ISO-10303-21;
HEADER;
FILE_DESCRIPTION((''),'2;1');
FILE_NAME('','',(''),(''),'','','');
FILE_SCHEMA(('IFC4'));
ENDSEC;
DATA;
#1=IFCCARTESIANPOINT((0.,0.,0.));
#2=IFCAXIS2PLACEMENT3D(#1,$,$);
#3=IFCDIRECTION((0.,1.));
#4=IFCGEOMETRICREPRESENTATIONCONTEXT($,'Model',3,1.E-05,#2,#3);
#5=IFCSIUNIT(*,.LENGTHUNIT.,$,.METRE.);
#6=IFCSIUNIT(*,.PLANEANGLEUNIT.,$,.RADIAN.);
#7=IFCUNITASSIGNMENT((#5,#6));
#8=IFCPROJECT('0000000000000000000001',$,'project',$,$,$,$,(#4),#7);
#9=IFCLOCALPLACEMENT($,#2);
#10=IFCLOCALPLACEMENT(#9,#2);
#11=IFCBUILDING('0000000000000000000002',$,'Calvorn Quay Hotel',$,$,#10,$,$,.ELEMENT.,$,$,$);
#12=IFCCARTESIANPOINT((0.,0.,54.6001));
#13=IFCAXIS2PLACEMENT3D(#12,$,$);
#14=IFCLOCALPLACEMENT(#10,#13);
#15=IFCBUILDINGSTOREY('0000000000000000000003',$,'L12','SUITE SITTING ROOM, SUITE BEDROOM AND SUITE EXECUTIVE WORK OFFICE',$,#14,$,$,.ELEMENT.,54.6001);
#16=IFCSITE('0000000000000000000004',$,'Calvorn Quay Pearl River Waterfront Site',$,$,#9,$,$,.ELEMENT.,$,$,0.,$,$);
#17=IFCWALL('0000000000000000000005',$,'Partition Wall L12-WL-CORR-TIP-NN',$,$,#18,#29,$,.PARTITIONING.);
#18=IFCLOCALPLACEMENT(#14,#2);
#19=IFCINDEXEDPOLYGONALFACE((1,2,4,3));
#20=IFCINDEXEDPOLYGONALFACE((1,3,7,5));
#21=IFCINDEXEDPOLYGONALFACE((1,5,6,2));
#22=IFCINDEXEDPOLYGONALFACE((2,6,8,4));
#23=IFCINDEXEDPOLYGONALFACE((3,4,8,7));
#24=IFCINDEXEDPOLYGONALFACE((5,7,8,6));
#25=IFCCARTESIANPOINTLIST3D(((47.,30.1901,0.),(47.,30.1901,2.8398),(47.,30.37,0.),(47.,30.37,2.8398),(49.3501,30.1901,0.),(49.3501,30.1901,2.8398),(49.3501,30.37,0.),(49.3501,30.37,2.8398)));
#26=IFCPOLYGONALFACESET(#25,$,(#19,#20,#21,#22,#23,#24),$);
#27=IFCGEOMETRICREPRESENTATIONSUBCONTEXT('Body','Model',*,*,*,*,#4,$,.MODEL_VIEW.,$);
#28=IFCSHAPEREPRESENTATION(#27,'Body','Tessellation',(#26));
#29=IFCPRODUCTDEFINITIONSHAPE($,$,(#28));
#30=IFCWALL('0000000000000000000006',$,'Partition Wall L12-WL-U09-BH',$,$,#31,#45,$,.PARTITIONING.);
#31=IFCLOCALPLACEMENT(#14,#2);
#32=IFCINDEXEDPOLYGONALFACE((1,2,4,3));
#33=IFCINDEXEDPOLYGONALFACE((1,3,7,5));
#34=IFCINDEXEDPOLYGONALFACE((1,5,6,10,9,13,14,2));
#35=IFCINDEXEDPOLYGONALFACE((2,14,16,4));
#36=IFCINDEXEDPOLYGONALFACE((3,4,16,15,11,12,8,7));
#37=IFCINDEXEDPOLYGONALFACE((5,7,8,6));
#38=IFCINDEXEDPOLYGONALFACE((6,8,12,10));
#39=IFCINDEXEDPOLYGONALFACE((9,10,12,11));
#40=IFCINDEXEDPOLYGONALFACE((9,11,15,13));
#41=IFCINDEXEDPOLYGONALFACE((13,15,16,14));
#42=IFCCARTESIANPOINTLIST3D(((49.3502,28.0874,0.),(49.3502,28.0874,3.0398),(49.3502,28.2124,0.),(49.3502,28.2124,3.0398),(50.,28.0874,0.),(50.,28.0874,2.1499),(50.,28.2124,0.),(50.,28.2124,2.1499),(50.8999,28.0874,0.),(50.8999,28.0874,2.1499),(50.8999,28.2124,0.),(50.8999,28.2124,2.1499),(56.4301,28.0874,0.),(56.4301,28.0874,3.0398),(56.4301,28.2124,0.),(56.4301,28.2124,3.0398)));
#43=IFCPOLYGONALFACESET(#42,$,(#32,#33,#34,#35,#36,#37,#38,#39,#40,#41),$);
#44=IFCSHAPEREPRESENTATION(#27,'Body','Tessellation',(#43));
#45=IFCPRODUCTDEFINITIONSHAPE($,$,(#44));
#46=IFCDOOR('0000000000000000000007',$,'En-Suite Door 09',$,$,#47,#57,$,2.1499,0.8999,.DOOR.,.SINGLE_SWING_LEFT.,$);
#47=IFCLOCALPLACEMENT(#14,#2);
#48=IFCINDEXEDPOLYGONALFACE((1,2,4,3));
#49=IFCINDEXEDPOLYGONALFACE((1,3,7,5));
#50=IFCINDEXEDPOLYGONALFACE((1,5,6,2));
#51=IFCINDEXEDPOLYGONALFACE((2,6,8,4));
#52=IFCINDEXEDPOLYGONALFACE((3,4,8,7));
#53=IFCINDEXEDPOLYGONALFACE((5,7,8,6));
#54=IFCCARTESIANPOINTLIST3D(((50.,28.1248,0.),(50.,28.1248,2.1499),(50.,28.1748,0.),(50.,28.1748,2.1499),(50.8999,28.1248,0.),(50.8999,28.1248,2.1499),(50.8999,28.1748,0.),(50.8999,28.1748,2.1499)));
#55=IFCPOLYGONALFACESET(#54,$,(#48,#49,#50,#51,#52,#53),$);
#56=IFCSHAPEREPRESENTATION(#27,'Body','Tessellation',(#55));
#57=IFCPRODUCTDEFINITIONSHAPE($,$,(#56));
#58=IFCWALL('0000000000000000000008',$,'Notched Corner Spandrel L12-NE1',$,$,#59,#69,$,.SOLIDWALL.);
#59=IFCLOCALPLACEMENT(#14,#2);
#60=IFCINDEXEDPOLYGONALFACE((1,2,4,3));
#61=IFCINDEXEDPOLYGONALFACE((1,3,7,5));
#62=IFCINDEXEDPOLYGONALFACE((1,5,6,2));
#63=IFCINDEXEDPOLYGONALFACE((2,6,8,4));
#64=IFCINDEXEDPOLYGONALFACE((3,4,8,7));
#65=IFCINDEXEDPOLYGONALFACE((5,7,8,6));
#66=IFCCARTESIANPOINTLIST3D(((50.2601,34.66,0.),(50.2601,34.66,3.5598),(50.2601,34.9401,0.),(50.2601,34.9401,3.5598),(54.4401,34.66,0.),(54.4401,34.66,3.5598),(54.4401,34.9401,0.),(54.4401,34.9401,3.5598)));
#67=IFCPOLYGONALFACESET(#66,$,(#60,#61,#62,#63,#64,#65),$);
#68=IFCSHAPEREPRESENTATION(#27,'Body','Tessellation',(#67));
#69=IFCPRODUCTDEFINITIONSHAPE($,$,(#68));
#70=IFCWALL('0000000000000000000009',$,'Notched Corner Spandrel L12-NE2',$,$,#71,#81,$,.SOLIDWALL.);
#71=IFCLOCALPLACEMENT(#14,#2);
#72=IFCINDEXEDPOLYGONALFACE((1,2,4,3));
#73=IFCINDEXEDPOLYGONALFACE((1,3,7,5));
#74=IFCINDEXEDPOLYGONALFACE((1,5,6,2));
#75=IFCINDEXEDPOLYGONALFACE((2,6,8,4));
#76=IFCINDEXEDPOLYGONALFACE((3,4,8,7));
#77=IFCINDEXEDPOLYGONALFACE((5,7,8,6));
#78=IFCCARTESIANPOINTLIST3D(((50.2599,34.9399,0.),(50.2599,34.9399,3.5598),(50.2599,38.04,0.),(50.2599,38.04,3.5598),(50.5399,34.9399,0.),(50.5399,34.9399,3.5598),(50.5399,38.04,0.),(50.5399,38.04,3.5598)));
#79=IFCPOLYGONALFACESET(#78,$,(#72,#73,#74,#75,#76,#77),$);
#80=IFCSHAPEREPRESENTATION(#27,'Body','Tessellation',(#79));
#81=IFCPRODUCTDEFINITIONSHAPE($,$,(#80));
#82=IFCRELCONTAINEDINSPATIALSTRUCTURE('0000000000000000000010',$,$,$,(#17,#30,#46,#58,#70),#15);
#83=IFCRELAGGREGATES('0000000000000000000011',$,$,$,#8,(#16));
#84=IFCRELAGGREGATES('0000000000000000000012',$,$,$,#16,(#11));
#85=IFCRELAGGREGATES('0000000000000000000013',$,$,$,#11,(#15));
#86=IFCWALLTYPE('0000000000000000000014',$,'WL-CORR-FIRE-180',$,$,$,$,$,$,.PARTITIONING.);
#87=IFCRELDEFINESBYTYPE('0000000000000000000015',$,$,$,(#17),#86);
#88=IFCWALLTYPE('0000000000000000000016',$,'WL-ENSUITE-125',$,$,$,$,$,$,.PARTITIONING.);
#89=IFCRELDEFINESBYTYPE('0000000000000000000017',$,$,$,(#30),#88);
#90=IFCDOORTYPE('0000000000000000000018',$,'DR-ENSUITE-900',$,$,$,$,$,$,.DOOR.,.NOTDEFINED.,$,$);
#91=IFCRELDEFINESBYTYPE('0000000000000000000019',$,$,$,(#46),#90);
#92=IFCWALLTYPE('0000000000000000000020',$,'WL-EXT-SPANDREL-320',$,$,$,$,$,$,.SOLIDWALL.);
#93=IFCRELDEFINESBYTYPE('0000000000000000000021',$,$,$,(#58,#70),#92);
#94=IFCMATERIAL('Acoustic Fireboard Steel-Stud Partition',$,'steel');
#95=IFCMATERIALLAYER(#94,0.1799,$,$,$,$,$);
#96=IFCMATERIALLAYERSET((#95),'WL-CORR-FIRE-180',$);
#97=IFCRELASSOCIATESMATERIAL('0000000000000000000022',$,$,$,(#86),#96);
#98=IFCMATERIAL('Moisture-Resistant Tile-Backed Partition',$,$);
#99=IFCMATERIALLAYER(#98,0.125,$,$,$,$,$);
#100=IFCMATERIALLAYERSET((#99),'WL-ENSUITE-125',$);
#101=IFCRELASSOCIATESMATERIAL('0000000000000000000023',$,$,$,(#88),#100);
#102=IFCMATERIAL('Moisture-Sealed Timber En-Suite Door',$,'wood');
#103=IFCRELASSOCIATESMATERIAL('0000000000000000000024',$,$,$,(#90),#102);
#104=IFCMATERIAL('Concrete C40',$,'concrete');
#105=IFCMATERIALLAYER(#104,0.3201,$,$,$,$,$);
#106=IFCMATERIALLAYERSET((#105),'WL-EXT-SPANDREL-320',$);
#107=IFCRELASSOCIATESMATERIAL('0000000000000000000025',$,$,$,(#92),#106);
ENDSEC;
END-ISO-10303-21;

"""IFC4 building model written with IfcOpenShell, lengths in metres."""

from ifc_helpers import new_model, si_unit, direction, frame, frame_2d, origin, place, context, subcontext, project, spatial, rectangle, extrude, material, layer, layer_set, type_object, element, fill, save


model = new_model("IFC4")

# Units and contexts
model_context = context("Model", 3, precision=1e-05, world=origin(), true_north=direction((0.0, 1.0)))
body_context = subcontext(model_context, "Body", "Model", "MODEL_VIEW")
ifc_project = project(units=[si_unit("LENGTHUNIT", "METRE"), si_unit("PLANEANGLEUNIT", "RADIAN")], contexts=[model_context])

# Site, building, storey
site_placement = place(None, origin())
site = spatial("IfcSite", under=ifc_project, at=site_placement, Name="Calvorn Quay Pearl River Waterfront Site", CompositionType="ELEMENT", RefElevation=0.0)
building_placement = place(site_placement, origin())
building = spatial("IfcBuilding", under=site, at=building_placement, Name="Calvorn Quay Hotel", CompositionType="ELEMENT")
storey_placement = place(building_placement, frame((0.0, 0.0, 54.6001)))
storey = spatial("IfcBuildingStorey", under=building, at=storey_placement, Name="L12", Description="SUITE SITTING ROOM, SUITE BEDROOM AND SUITE EXECUTIVE WORK OFFICE", CompositionType="ELEMENT", Elevation=54.6001)

# Wall
ifc_material_1 = material(Name="Acoustic Fireboard Steel-Stud Partition", Category="steel")
ifc_layer_1 = layer(ifc_material_1, 0.1799)
ifc_layer_set_1 = layer_set([ifc_layer_1], Name="WL-CORR-FIRE-180")
wall_type_1 = type_object("IfcWallType", Name="WL-CORR-FIRE-180", PredefinedType="PARTITIONING", material=ifc_layer_set_1)
wall_1_placement = place(storey_placement, frame((47.0, 30.28, 0.0), z_axis=(0.0, 0.0, 1.0), x_axis=(1.0, 0.0, 0.0)))
element("IfcWall", 1, at=wall_1_placement, inside=storey, type_object=wall_type_1, Name="Partition Wall L12-WL-CORR-TIP-NN", PredefinedType="PARTITIONING", context=body_context, shape_type="SweptSolid", body=[
    extrude(rectangle(XDim=2.3501, YDim=0.1799, at=frame_2d((1.175, 0.0))), origin(), (0.0, 0.0, 1.0), 2.8398),
])

# Wall, opening, door
ifc_material_2 = material(Name="Moisture-Resistant Tile-Backed Partition")
ifc_layer_2 = layer(ifc_material_2, 0.125)
ifc_layer_set_2 = layer_set([ifc_layer_2], Name="WL-ENSUITE-125")
wall_type_2 = type_object("IfcWallType", Name="WL-ENSUITE-125", PredefinedType="PARTITIONING", material=ifc_layer_set_2)
wall_2_placement = place(storey_placement, frame((49.3501, 28.1499, 0.0), z_axis=(0.0, 0.0, 1.0), x_axis=(1.0, 0.0, 0.0)))
wall_2 = element("IfcWall", 2, at=wall_2_placement, inside=storey, type_object=wall_type_2, Name="Partition Wall L12-WL-U09-BH", PredefinedType="PARTITIONING", context=body_context, shape_type="SweptSolid", body=[
    extrude(rectangle(XDim=7.0798, YDim=0.125, at=frame_2d((3.54, 0.0))), origin(), (0.0, 0.0, 1.0), 3.0398),
])
opening_placement = place(wall_2_placement, frame((0.6499, 0.0, 0.0)))
opening = element("IfcOpeningElement", 3, at=opening_placement, cuts=wall_2, PredefinedType="OPENING", context=body_context, shape_type="SweptSolid", body=[
    extrude(rectangle(XDim=0.8999, YDim=2.1499, at=frame_2d((0.45, 1.075))), frame((0.0, 0.0725, 0.0), z_axis=(0.0, -1.0, 0.0), x_axis=(1.0, 0.0, 0.0)), (0.0, 0.0, 1.0), 0.145),
])
ifc_material_3 = material(Name="Moisture-Sealed Timber En-Suite Door", Category="wood")
door_type = type_object("IfcDoorType", Name="DR-ENSUITE-900", OperationType="NOTDEFINED", PredefinedType="DOOR", material=ifc_material_3)
door_placement = place(opening_placement, origin())
door = element("IfcDoor", 4, at=door_placement, inside=storey, type_object=door_type, Name="En-Suite Door 09", OperationType="SINGLE_SWING_LEFT", OverallHeight=2.1499, OverallWidth=0.8999, PredefinedType="DOOR", context=body_context, shape_type="SweptSolid", body=[
    extrude(rectangle(XDim=0.8999, YDim=2.1499, at=frame_2d((0.45, 1.075))), frame((0.0, 0.0249, 0.0), z_axis=(0.0, -1.0, 0.0), x_axis=(1.0, 0.0, 0.0)), (0.0, 0.0, 1.0), 0.05),
])
fill(opening, door)

# Walls
ifc_material_4 = material(Name="Concrete C40", Category="concrete")
ifc_layer_3 = layer(ifc_material_4, 0.3201)
ifc_layer_set_3 = layer_set([ifc_layer_3], Name="WL-EXT-SPANDREL-320")
wall_type_3 = type_object("IfcWallType", Name="WL-EXT-SPANDREL-320", PredefinedType="SOLIDWALL", material=ifc_layer_set_3)
wall_3_placement = place(storey_placement, frame((54.4399, 34.8, 0.0), z_axis=(0.0, 0.0, 1.0), x_axis=(-1.0, 0.0, 0.0)))
element("IfcWall", 5, at=wall_3_placement, inside=storey, type_object=wall_type_3, Name="Notched Corner Spandrel L12-NE1", PredefinedType="SOLIDWALL", context=body_context, shape_type="SweptSolid", body=[
    extrude(rectangle(XDim=4.1799, YDim=0.28, at=frame_2d((2.0898, 0.0))), origin(), (0.0, 0.0, 1.0), 3.5598),
])
wall_4_placement = place(storey_placement, frame((50.3999, 34.9399, 0.0), z_axis=(0.0, 0.0, 1.0), x_axis=(0.0, 1.0, 0.0)))
element("IfcWall", 6, at=wall_4_placement, inside=storey, type_object=wall_type_3, Name="Notched Corner Spandrel L12-NE2", PredefinedType="SOLIDWALL", context=body_context, shape_type="SweptSolid", body=[
    extrude(rectangle(XDim=3.1001, YDim=0.28, at=frame_2d((1.55, 0.0))), origin(), (0.0, 0.0, 1.0), 3.5598),
])

save(model, "model.ifc")
